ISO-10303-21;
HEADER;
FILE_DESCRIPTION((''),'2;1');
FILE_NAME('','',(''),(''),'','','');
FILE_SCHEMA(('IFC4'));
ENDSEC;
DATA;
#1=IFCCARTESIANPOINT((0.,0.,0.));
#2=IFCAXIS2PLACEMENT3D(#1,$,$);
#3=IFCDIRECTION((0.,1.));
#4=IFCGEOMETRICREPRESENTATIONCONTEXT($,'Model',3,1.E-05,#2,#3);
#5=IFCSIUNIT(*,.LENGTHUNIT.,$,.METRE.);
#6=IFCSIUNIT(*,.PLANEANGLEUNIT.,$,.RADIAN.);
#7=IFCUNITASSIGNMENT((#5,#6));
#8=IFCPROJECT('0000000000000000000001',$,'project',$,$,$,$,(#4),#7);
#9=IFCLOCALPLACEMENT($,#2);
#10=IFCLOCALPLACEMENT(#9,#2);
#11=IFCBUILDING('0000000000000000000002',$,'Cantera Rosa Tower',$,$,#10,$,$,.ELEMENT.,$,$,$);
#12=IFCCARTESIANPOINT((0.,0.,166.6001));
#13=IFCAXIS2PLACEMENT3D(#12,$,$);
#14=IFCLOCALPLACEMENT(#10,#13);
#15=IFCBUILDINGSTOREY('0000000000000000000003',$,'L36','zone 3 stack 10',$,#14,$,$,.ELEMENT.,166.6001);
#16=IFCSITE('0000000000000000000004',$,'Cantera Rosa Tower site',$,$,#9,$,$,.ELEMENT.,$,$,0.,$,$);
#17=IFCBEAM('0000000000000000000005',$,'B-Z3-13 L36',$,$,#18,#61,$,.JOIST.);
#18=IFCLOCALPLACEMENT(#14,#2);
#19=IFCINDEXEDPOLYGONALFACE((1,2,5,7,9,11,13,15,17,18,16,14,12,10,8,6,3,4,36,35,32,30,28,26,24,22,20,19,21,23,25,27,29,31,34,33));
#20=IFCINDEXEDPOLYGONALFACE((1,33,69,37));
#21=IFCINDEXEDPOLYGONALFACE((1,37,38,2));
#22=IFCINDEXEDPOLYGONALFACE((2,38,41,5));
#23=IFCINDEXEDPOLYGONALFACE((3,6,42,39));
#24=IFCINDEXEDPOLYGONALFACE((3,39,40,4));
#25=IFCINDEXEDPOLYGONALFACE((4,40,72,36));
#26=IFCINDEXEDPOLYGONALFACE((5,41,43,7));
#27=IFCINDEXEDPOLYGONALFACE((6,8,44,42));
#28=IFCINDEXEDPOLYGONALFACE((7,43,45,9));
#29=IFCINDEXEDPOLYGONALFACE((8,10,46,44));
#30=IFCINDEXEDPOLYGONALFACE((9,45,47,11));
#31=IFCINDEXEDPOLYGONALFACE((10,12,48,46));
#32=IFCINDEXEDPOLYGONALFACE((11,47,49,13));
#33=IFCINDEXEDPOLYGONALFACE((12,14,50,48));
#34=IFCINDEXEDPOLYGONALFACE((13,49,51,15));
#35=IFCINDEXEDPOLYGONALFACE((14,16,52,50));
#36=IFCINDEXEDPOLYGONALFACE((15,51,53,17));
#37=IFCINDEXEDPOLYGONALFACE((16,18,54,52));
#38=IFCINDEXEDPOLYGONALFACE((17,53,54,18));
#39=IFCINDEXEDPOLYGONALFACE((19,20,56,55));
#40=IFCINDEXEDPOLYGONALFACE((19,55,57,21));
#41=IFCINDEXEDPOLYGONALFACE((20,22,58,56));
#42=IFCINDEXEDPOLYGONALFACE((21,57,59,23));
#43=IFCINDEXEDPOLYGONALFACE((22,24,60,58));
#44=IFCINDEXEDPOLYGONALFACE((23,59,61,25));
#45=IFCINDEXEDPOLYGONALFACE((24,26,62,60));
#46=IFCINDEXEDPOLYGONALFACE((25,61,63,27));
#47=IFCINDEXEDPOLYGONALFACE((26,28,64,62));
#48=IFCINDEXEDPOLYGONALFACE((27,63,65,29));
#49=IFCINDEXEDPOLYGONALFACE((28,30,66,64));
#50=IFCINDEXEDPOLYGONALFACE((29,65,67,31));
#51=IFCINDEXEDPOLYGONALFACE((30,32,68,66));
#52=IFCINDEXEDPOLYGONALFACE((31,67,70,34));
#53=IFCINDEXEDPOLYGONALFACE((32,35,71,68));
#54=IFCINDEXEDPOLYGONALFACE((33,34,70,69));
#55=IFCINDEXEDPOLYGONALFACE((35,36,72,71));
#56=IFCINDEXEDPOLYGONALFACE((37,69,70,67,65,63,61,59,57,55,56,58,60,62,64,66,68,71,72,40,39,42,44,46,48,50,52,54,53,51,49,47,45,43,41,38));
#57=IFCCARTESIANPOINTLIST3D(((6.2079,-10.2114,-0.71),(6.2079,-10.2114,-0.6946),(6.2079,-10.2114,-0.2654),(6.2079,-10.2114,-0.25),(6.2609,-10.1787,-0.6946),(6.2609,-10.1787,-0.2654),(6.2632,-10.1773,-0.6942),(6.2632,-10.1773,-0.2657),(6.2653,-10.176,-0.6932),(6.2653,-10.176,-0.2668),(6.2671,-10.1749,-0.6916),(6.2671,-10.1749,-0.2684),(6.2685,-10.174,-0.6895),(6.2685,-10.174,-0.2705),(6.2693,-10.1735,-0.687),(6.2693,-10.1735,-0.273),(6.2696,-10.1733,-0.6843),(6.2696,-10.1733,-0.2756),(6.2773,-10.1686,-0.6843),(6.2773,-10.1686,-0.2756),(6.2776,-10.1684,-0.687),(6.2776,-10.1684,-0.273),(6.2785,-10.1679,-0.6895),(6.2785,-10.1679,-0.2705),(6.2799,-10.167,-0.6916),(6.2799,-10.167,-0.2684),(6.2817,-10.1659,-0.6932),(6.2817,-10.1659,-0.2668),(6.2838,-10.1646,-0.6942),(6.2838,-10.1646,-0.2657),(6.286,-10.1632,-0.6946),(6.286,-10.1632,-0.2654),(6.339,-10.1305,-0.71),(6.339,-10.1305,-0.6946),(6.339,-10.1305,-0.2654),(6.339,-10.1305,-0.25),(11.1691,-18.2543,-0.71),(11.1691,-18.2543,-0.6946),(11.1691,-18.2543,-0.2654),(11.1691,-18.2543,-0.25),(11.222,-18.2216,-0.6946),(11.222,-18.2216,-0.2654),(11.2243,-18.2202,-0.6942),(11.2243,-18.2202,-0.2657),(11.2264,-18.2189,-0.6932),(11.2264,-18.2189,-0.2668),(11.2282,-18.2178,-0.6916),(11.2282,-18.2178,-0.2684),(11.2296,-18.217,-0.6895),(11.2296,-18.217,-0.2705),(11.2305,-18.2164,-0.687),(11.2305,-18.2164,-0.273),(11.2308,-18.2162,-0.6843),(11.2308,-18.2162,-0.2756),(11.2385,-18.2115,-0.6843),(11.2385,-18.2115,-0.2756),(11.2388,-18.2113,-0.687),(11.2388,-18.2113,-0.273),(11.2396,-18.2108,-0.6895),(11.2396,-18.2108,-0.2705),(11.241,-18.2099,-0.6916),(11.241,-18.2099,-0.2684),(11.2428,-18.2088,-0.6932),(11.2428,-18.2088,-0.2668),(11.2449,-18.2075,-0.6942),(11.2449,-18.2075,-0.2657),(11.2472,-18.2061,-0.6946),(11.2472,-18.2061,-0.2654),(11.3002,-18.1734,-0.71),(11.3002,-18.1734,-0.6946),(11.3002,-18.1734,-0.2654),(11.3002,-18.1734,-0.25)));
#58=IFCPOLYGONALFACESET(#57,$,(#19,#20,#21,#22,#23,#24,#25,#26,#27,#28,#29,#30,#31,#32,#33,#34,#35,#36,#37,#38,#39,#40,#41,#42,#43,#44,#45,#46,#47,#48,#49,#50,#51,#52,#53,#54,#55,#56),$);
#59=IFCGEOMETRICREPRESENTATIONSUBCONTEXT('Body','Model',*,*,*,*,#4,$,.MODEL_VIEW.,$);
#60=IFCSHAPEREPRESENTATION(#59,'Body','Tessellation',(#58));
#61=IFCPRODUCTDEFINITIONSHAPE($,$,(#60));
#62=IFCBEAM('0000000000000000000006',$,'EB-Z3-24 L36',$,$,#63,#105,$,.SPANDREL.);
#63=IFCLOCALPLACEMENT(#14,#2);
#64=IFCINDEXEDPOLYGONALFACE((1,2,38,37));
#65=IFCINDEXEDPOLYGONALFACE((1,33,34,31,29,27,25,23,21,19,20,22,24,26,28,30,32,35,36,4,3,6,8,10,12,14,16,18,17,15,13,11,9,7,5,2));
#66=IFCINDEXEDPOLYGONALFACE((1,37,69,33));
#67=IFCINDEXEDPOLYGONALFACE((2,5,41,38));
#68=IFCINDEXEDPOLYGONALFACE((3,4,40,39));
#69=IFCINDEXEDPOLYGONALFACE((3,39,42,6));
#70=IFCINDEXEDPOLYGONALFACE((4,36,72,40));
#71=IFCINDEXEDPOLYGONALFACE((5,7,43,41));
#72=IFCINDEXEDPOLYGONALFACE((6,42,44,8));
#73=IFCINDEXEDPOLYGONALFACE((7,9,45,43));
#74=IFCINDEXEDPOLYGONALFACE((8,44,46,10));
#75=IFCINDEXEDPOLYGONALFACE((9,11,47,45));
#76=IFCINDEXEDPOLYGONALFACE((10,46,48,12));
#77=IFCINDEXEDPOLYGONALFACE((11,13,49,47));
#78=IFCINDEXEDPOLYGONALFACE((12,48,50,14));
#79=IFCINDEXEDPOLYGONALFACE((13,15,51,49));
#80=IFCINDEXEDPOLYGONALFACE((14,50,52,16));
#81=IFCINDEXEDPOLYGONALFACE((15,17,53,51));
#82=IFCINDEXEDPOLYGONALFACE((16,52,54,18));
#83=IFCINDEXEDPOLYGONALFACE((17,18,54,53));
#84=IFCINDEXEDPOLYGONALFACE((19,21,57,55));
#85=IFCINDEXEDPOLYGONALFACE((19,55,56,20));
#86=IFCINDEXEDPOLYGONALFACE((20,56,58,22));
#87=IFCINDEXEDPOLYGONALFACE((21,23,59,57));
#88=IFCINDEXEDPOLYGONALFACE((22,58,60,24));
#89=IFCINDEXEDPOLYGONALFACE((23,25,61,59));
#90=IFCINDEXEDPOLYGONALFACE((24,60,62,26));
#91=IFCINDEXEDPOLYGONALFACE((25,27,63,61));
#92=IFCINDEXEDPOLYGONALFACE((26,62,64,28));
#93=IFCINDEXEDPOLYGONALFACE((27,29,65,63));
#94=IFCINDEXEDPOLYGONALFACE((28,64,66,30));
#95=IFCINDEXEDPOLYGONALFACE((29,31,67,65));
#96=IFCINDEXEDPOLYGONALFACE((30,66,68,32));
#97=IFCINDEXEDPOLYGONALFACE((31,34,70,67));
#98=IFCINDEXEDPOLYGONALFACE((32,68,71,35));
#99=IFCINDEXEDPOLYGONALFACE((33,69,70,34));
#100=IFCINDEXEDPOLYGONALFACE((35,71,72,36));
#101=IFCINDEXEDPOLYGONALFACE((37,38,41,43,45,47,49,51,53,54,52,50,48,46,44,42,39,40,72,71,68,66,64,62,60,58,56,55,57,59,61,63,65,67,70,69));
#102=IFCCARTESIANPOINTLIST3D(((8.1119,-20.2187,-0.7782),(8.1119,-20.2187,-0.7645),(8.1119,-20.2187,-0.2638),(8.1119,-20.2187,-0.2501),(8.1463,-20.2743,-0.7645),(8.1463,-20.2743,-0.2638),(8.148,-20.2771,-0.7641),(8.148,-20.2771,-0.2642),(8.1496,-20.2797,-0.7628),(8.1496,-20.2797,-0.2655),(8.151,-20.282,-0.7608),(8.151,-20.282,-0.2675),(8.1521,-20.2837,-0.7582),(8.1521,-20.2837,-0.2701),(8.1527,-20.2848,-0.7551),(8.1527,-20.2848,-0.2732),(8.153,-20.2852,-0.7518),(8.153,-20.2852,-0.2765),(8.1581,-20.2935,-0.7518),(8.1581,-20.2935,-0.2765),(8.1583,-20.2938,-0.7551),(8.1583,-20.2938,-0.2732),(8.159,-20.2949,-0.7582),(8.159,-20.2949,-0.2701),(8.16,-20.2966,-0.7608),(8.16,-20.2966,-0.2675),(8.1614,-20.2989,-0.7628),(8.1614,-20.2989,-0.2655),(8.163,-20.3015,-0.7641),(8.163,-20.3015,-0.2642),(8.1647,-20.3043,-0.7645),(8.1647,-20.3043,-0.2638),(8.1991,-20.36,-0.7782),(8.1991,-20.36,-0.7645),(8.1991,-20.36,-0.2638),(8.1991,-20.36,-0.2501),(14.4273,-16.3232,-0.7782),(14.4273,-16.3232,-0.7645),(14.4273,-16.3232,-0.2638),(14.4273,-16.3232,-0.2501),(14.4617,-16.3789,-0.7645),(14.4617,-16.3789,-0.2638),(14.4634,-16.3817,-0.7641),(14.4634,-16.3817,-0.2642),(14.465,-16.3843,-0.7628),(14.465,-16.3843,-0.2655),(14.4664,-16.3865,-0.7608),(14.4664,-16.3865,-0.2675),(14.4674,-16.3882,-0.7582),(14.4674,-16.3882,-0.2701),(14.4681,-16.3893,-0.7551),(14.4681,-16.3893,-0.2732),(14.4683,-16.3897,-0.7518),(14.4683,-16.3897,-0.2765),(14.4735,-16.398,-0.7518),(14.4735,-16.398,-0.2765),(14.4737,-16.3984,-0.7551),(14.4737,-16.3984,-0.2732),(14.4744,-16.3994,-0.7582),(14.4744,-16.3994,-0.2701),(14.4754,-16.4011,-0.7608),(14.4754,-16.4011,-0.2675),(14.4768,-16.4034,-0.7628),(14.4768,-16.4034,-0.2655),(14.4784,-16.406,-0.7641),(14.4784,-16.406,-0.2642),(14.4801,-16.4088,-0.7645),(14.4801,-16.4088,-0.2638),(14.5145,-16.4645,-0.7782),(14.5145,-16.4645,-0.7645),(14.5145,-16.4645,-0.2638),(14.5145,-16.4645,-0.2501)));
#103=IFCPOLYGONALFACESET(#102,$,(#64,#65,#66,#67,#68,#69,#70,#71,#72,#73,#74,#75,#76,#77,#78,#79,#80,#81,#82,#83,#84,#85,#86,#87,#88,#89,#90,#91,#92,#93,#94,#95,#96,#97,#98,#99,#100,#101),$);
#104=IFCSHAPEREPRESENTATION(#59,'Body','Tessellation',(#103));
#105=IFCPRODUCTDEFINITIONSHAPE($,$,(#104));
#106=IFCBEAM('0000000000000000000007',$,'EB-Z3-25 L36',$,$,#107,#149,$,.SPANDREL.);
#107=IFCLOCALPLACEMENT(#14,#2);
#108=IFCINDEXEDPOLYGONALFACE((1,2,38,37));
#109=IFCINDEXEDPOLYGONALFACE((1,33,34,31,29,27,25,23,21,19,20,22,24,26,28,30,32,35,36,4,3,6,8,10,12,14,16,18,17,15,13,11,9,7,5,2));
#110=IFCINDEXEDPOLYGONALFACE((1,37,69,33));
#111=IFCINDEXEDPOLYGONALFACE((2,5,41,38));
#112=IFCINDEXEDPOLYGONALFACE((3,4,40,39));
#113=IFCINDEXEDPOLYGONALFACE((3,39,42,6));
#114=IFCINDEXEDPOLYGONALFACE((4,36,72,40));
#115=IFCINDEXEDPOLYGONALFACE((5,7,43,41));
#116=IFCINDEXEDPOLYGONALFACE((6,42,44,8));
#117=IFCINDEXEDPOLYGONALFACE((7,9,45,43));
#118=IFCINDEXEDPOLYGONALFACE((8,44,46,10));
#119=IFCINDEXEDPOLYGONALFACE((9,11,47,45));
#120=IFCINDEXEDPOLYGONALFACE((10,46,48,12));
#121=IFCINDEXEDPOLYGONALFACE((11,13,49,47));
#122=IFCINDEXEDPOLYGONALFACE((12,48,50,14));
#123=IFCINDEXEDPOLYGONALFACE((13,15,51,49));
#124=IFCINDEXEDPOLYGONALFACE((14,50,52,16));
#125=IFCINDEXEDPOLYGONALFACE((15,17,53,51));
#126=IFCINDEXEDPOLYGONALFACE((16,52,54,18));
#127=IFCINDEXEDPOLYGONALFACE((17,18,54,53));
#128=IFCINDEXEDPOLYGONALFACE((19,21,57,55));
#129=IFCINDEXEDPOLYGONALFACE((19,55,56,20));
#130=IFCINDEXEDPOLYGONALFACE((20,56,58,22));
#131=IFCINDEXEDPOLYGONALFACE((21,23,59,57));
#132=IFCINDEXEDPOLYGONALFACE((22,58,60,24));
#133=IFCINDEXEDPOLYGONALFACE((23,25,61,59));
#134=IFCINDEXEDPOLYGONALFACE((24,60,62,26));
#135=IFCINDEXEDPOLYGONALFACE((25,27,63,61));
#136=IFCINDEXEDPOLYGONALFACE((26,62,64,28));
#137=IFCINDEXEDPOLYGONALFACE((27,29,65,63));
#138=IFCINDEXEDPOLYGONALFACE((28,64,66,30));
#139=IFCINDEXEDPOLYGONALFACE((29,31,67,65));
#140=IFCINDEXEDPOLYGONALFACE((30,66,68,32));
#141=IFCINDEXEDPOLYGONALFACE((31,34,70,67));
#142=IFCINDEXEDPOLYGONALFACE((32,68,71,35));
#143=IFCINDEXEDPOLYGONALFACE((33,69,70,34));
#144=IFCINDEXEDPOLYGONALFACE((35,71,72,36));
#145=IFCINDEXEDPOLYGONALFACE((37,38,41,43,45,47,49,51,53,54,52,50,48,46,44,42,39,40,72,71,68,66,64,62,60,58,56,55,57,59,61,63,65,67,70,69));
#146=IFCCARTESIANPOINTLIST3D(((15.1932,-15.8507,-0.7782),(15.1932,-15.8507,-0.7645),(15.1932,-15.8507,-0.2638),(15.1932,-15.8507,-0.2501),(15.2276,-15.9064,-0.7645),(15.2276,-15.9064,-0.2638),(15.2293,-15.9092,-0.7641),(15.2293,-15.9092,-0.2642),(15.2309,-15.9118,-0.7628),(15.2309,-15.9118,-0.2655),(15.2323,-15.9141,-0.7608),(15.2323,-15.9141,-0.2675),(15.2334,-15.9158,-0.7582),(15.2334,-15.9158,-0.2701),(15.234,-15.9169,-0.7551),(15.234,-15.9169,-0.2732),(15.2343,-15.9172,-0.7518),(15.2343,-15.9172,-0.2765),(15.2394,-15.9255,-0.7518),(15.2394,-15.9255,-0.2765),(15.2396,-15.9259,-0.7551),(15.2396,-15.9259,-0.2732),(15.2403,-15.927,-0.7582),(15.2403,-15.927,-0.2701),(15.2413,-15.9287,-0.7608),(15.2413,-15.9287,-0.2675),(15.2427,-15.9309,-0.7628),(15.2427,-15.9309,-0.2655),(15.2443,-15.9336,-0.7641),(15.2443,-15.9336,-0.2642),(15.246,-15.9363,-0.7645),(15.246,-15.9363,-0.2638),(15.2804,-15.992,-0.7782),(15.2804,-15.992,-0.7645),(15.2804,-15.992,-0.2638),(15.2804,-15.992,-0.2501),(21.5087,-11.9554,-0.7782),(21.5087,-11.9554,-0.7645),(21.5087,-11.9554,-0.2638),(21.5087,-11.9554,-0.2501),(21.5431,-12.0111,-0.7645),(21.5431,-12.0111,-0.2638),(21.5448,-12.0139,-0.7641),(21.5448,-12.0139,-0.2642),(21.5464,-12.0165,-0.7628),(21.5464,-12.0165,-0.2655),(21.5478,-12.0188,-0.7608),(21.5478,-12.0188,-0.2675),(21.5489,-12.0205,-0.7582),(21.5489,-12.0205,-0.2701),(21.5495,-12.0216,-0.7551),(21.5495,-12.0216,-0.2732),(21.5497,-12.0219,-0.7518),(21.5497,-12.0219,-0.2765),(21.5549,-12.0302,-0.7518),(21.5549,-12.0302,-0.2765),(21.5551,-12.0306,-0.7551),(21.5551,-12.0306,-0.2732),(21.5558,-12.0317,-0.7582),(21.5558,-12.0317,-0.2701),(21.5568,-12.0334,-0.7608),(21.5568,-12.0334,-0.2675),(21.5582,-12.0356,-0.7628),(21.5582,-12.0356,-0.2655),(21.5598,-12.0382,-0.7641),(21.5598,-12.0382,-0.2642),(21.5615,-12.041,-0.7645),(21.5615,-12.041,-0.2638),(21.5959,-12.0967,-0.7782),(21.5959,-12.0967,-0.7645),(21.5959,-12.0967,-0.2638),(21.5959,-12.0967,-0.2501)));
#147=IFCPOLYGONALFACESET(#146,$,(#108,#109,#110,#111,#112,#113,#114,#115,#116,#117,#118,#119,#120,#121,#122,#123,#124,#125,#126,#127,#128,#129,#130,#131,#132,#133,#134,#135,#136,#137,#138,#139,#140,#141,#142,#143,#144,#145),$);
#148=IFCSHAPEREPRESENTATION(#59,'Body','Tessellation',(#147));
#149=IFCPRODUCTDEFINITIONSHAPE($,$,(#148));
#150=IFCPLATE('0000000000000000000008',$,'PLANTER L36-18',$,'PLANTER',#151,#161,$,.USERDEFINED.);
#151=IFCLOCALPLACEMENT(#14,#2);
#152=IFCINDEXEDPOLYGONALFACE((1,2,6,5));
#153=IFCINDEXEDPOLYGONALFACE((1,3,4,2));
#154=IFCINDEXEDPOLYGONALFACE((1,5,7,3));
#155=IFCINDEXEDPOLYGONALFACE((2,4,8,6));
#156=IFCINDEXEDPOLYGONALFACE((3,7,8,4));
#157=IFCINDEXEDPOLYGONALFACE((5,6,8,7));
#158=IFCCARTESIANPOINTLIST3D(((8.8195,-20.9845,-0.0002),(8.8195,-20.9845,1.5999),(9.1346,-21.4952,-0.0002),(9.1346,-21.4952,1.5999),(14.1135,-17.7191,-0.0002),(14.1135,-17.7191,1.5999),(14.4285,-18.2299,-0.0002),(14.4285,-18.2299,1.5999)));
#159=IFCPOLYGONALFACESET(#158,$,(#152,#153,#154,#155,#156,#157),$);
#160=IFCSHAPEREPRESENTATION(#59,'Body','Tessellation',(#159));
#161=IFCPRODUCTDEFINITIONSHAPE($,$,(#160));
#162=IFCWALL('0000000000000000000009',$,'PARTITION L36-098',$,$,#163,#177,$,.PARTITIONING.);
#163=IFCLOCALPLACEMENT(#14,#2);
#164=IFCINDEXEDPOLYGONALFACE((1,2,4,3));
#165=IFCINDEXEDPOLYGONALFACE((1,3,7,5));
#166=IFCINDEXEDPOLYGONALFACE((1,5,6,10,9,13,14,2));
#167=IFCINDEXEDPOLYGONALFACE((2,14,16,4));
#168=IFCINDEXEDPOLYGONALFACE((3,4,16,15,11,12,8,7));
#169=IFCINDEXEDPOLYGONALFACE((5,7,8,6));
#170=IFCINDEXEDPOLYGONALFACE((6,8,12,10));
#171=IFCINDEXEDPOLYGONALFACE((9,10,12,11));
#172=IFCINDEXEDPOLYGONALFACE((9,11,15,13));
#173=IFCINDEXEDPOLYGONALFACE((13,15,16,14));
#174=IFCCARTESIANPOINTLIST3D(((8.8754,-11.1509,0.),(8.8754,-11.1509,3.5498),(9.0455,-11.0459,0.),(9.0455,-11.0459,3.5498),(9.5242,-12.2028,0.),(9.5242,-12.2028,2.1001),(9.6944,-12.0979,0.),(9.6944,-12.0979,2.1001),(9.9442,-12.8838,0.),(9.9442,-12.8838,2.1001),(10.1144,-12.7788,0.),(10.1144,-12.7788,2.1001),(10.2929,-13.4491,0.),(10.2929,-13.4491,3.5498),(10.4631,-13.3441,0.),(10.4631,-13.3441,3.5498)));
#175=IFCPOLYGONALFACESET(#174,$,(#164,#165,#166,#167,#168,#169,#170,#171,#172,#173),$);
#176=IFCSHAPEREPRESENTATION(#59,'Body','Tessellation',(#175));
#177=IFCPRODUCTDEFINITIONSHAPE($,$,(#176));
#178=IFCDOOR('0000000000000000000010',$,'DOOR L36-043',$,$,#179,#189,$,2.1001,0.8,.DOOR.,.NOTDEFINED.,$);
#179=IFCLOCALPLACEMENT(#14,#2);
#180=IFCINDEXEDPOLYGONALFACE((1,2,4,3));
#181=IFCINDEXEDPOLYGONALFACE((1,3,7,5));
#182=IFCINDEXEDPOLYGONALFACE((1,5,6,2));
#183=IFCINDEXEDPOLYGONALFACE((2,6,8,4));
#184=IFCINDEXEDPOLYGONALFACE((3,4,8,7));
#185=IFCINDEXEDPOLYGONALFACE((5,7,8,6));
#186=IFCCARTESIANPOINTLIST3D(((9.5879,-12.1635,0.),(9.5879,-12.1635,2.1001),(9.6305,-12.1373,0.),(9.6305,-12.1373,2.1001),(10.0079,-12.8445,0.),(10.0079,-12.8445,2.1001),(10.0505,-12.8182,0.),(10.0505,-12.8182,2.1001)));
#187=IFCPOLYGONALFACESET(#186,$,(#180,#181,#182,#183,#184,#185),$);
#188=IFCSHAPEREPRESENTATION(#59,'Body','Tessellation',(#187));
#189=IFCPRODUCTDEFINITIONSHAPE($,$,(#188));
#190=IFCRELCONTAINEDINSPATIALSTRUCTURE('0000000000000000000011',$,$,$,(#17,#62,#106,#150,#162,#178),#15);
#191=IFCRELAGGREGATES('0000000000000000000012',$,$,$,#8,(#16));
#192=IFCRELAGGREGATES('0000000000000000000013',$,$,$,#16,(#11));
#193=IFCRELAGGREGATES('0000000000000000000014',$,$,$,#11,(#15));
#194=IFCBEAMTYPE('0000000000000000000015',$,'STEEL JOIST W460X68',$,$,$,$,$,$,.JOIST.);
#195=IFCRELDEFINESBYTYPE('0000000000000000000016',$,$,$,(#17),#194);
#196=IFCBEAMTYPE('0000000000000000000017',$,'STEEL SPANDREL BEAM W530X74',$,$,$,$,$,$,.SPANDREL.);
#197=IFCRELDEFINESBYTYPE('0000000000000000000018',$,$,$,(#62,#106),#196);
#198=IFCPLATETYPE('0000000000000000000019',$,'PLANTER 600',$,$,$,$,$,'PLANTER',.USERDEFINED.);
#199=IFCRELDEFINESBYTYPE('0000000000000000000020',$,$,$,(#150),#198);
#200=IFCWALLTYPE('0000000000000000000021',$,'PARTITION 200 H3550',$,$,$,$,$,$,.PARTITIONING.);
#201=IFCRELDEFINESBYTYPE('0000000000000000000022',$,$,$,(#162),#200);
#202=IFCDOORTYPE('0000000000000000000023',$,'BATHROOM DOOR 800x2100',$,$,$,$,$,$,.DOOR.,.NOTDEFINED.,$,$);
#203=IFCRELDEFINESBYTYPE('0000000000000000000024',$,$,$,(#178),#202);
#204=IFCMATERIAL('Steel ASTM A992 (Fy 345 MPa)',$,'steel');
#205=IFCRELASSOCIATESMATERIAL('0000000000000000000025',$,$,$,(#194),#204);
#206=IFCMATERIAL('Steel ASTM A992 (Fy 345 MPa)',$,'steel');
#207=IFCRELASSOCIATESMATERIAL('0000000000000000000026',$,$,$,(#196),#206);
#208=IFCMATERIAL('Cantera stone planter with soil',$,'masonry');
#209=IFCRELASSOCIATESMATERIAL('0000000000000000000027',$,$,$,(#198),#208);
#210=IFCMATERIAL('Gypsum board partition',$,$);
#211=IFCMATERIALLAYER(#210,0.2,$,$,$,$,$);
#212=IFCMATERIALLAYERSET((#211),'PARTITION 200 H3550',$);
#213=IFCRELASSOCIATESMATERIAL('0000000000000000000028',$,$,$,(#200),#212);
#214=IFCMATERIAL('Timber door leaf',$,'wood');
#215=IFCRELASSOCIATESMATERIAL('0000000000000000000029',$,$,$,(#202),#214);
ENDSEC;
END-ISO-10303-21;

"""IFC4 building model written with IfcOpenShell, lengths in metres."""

from ifc_helpers import new_model, si_unit, direction, frame, frame_2d, origin, origin_2d, place, context, subcontext, project, spatial, rectangle, i_section, extrude, material, layer, layer_set, material_profile, profile_set, type_object, element, fill, save


model = new_model("IFC4")

# Units and contexts
model_context = context("Model", 3, precision=1e-05, world=origin(), true_north=direction((0.0, 1.0)))
body_context = subcontext(model_context, "Body", "Model", "MODEL_VIEW")
ifc_project = project(units=[si_unit("LENGTHUNIT", "METRE"), si_unit("PLANEANGLEUNIT", "RADIAN")], contexts=[model_context])

# Site, building, storey
site_placement = place(None, origin())
site = spatial("IfcSite", under=ifc_project, at=site_placement, Name="Cantera Rosa Tower site", CompositionType="ELEMENT", RefElevation=0.0)
building_placement = place(site_placement, origin())
building = spatial("IfcBuilding", under=site, at=building_placement, Name="Cantera Rosa Tower", CompositionType="ELEMENT")
storey_placement = place(building_placement, frame((0.0, 0.0, 166.6001)))
storey = spatial("IfcBuildingStorey", under=building, at=storey_placement, Name="L36", Description="zone 3 stack 10", CompositionType="ELEMENT", Elevation=166.6001)

# Beams
ifc_material_1 = material(Name="Steel ASTM A992 (Fy 345 MPa)", Category="steel")
ifc_material_profile_1 = material_profile(ifc_material_1, i_section(OverallWidth=0.1541, OverallDepth=0.46, WebThickness=0.009, FlangeThickness=0.0154, FilletRadius=0.0103, at=origin_2d()), Name="W460X68")
ifc_profile_set_1 = profile_set([ifc_material_profile_1], Name="Steel ASTM A992 (Fy 345 MPa)")
beam_type_1 = type_object("IfcBeamType", Name="STEEL JOIST W460X68", PredefinedType="JOIST", material=ifc_profile_set_1)
beam_1_placement = place(storey_placement, frame((11.2346, -18.2139, -0.48), z_axis=(-0.524992, 0.851107, 0.0), x_axis=(-0.851107, -0.524992, 0.0)))
element("IfcBeam", 1, at=beam_1_placement, inside=storey, type_object=beam_type_1, Name="B-Z3-13 L36", PredefinedType="JOIST", context=body_context, shape_type="SweptSolid", body=[
    extrude(i_section(OverallWidth=0.1541, OverallDepth=0.46, WebThickness=0.009, FlangeThickness=0.0154, FilletRadius=0.0103, at=origin_2d()), origin(), (0.0, 0.0, 1.0), 9.45),
])
ifc_material_2 = material(Name="Steel ASTM A992 (Fy 345 MPa)", Category="steel")
ifc_material_profile_2 = material_profile(ifc_material_2, i_section(OverallWidth=0.166, OverallDepth=0.5281, WebThickness=0.0098, FlangeThickness=0.0137, FilletRadius=0.0127, at=origin_2d()), Name="W530X74")
ifc_profile_set_2 = profile_set([ifc_material_profile_2], Name="Steel ASTM A992 (Fy 345 MPa)")
beam_type_2 = type_object("IfcBeamType", Name="STEEL SPANDREL BEAM W530X74", PredefinedType="SPANDREL", material=ifc_profile_set_2)
for number, where, z_axis, x_axis, name in (
    (2, (8.1555, -20.2893, -0.5142), (0.851111, 0.524986, 0.0), (-0.524986, 0.851111, 0.0), "EB-Z3-24 L36"),
    (3, (15.2368, -15.9214, -0.5142), (0.851126, 0.524962, 0.0), (-0.524962, 0.851126, 0.0), "EB-Z3-25 L36"),
):
    element("IfcBeam", number, at=place(storey_placement, frame(where, z_axis=z_axis, x_axis=x_axis)), inside=storey, type_object=beam_type_2, Name=name, PredefinedType="SPANDREL", context=body_context, shape_type="SweptSolid", body=[
        extrude(i_section(OverallWidth=0.166, OverallDepth=0.5281, WebThickness=0.0098, FlangeThickness=0.0137, FilletRadius=0.0127, at=origin_2d()), origin(), (0.0, 0.0, 1.0), 7.4202),
    ])

# Plate
ifc_material_3 = material(Name="Cantera stone planter with soil", Category="masonry")
plate_type = type_object("IfcPlateType", Name="PLANTER 600", ElementType="PLANTER", PredefinedType="USERDEFINED", material=ifc_material_3)
plate_placement = place(storey_placement, frame((11.624, -19.6072, -0.0002), z_axis=(0.0, 0.0, 1.0), x_axis=(0.851117, 0.524977, 0.0)))
element("IfcPlate", 4, at=plate_placement, inside=storey, type_object=plate_type, Name="PLANTER L36-18", ObjectType="PLANTER", PredefinedType="USERDEFINED", context=body_context, shape_type="SweptSolid", body=[
    extrude(rectangle(XDim=6.22, YDim=0.6001, at=origin_2d()), origin(), (0.0, 0.0, 1.0), 1.6001),
])

# Wall, opening, door
ifc_material_4 = material(Name="Gypsum board partition")
ifc_layer_1 = layer(ifc_material_4, 0.2)
ifc_layer_set_1 = layer_set([ifc_layer_1], Name="PARTITION 200 H3550")
wall_type_1 = type_object("IfcWallType", Name="PARTITION 200 H3550", PredefinedType="PARTITIONING", material=ifc_layer_set_1)
wall_1_placement = place(storey_placement, frame((8.9604, -11.0984, 0.0), z_axis=(0.0, 0.0, 1.0), x_axis=(0.524975, -0.851118, 0.0)))
wall_1 = element("IfcWall", 5, at=wall_1_placement, inside=storey, type_object=wall_type_1, Name="PARTITION L36-098", PredefinedType="PARTITIONING", context=body_context, shape_type="SweptSolid", body=[
    extrude(rectangle(XDim=2.7002, YDim=0.2, at=frame_2d((1.3501, 0.0))), origin(), (0.0, 0.0, 1.0), 3.5498),
])
opening_1_placement = place(wall_1_placement, frame((1.2361, 0.0, 0.0)))
opening_1 = element("IfcOpeningElement", 6, at=opening_1_placement, cuts=wall_1, PredefinedType="OPENING", context=body_context, shape_type="SweptSolid", body=[
    extrude(rectangle(XDim=0.8, YDim=2.1001, at=frame_2d((0.3999, 1.05))), frame((0.0, 0.1099, 0.0), z_axis=(0.0, -1.0, 0.0), x_axis=(1.0, 0.0, 0.0)), (0.0, 0.0, 1.0), 0.22),
])
ifc_material_5 = material(Name="Timber door leaf", Category="wood")
door_type_1 = type_object("IfcDoorType", Name="BATHROOM DOOR 800x2100", OperationType="NOTDEFINED", PredefinedType="DOOR", material=ifc_material_5)
door_1_placement = place(opening_1_placement, origin())
door_1 = element("IfcDoor", 7, at=door_1_placement, inside=storey, type_object=door_type_1, Name="DOOR L36-043", OperationType="NOTDEFINED", OverallHeight=2.1001, OverallWidth=0.8, PredefinedType="DOOR", context=body_context, shape_type="SweptSolid", body=[
    extrude(rectangle(XDim=0.8, YDim=2.1001, at=frame_2d((0.3999, 1.05))), frame((0.0, 0.0249, 0.0), z_axis=(0.0, -1.0, 0.0), x_axis=(1.0, 0.0, 0.0)), (0.0, 0.0, 1.0), 0.05),
])
fill(opening_1, door_1)

save(model, "model.ifc")
